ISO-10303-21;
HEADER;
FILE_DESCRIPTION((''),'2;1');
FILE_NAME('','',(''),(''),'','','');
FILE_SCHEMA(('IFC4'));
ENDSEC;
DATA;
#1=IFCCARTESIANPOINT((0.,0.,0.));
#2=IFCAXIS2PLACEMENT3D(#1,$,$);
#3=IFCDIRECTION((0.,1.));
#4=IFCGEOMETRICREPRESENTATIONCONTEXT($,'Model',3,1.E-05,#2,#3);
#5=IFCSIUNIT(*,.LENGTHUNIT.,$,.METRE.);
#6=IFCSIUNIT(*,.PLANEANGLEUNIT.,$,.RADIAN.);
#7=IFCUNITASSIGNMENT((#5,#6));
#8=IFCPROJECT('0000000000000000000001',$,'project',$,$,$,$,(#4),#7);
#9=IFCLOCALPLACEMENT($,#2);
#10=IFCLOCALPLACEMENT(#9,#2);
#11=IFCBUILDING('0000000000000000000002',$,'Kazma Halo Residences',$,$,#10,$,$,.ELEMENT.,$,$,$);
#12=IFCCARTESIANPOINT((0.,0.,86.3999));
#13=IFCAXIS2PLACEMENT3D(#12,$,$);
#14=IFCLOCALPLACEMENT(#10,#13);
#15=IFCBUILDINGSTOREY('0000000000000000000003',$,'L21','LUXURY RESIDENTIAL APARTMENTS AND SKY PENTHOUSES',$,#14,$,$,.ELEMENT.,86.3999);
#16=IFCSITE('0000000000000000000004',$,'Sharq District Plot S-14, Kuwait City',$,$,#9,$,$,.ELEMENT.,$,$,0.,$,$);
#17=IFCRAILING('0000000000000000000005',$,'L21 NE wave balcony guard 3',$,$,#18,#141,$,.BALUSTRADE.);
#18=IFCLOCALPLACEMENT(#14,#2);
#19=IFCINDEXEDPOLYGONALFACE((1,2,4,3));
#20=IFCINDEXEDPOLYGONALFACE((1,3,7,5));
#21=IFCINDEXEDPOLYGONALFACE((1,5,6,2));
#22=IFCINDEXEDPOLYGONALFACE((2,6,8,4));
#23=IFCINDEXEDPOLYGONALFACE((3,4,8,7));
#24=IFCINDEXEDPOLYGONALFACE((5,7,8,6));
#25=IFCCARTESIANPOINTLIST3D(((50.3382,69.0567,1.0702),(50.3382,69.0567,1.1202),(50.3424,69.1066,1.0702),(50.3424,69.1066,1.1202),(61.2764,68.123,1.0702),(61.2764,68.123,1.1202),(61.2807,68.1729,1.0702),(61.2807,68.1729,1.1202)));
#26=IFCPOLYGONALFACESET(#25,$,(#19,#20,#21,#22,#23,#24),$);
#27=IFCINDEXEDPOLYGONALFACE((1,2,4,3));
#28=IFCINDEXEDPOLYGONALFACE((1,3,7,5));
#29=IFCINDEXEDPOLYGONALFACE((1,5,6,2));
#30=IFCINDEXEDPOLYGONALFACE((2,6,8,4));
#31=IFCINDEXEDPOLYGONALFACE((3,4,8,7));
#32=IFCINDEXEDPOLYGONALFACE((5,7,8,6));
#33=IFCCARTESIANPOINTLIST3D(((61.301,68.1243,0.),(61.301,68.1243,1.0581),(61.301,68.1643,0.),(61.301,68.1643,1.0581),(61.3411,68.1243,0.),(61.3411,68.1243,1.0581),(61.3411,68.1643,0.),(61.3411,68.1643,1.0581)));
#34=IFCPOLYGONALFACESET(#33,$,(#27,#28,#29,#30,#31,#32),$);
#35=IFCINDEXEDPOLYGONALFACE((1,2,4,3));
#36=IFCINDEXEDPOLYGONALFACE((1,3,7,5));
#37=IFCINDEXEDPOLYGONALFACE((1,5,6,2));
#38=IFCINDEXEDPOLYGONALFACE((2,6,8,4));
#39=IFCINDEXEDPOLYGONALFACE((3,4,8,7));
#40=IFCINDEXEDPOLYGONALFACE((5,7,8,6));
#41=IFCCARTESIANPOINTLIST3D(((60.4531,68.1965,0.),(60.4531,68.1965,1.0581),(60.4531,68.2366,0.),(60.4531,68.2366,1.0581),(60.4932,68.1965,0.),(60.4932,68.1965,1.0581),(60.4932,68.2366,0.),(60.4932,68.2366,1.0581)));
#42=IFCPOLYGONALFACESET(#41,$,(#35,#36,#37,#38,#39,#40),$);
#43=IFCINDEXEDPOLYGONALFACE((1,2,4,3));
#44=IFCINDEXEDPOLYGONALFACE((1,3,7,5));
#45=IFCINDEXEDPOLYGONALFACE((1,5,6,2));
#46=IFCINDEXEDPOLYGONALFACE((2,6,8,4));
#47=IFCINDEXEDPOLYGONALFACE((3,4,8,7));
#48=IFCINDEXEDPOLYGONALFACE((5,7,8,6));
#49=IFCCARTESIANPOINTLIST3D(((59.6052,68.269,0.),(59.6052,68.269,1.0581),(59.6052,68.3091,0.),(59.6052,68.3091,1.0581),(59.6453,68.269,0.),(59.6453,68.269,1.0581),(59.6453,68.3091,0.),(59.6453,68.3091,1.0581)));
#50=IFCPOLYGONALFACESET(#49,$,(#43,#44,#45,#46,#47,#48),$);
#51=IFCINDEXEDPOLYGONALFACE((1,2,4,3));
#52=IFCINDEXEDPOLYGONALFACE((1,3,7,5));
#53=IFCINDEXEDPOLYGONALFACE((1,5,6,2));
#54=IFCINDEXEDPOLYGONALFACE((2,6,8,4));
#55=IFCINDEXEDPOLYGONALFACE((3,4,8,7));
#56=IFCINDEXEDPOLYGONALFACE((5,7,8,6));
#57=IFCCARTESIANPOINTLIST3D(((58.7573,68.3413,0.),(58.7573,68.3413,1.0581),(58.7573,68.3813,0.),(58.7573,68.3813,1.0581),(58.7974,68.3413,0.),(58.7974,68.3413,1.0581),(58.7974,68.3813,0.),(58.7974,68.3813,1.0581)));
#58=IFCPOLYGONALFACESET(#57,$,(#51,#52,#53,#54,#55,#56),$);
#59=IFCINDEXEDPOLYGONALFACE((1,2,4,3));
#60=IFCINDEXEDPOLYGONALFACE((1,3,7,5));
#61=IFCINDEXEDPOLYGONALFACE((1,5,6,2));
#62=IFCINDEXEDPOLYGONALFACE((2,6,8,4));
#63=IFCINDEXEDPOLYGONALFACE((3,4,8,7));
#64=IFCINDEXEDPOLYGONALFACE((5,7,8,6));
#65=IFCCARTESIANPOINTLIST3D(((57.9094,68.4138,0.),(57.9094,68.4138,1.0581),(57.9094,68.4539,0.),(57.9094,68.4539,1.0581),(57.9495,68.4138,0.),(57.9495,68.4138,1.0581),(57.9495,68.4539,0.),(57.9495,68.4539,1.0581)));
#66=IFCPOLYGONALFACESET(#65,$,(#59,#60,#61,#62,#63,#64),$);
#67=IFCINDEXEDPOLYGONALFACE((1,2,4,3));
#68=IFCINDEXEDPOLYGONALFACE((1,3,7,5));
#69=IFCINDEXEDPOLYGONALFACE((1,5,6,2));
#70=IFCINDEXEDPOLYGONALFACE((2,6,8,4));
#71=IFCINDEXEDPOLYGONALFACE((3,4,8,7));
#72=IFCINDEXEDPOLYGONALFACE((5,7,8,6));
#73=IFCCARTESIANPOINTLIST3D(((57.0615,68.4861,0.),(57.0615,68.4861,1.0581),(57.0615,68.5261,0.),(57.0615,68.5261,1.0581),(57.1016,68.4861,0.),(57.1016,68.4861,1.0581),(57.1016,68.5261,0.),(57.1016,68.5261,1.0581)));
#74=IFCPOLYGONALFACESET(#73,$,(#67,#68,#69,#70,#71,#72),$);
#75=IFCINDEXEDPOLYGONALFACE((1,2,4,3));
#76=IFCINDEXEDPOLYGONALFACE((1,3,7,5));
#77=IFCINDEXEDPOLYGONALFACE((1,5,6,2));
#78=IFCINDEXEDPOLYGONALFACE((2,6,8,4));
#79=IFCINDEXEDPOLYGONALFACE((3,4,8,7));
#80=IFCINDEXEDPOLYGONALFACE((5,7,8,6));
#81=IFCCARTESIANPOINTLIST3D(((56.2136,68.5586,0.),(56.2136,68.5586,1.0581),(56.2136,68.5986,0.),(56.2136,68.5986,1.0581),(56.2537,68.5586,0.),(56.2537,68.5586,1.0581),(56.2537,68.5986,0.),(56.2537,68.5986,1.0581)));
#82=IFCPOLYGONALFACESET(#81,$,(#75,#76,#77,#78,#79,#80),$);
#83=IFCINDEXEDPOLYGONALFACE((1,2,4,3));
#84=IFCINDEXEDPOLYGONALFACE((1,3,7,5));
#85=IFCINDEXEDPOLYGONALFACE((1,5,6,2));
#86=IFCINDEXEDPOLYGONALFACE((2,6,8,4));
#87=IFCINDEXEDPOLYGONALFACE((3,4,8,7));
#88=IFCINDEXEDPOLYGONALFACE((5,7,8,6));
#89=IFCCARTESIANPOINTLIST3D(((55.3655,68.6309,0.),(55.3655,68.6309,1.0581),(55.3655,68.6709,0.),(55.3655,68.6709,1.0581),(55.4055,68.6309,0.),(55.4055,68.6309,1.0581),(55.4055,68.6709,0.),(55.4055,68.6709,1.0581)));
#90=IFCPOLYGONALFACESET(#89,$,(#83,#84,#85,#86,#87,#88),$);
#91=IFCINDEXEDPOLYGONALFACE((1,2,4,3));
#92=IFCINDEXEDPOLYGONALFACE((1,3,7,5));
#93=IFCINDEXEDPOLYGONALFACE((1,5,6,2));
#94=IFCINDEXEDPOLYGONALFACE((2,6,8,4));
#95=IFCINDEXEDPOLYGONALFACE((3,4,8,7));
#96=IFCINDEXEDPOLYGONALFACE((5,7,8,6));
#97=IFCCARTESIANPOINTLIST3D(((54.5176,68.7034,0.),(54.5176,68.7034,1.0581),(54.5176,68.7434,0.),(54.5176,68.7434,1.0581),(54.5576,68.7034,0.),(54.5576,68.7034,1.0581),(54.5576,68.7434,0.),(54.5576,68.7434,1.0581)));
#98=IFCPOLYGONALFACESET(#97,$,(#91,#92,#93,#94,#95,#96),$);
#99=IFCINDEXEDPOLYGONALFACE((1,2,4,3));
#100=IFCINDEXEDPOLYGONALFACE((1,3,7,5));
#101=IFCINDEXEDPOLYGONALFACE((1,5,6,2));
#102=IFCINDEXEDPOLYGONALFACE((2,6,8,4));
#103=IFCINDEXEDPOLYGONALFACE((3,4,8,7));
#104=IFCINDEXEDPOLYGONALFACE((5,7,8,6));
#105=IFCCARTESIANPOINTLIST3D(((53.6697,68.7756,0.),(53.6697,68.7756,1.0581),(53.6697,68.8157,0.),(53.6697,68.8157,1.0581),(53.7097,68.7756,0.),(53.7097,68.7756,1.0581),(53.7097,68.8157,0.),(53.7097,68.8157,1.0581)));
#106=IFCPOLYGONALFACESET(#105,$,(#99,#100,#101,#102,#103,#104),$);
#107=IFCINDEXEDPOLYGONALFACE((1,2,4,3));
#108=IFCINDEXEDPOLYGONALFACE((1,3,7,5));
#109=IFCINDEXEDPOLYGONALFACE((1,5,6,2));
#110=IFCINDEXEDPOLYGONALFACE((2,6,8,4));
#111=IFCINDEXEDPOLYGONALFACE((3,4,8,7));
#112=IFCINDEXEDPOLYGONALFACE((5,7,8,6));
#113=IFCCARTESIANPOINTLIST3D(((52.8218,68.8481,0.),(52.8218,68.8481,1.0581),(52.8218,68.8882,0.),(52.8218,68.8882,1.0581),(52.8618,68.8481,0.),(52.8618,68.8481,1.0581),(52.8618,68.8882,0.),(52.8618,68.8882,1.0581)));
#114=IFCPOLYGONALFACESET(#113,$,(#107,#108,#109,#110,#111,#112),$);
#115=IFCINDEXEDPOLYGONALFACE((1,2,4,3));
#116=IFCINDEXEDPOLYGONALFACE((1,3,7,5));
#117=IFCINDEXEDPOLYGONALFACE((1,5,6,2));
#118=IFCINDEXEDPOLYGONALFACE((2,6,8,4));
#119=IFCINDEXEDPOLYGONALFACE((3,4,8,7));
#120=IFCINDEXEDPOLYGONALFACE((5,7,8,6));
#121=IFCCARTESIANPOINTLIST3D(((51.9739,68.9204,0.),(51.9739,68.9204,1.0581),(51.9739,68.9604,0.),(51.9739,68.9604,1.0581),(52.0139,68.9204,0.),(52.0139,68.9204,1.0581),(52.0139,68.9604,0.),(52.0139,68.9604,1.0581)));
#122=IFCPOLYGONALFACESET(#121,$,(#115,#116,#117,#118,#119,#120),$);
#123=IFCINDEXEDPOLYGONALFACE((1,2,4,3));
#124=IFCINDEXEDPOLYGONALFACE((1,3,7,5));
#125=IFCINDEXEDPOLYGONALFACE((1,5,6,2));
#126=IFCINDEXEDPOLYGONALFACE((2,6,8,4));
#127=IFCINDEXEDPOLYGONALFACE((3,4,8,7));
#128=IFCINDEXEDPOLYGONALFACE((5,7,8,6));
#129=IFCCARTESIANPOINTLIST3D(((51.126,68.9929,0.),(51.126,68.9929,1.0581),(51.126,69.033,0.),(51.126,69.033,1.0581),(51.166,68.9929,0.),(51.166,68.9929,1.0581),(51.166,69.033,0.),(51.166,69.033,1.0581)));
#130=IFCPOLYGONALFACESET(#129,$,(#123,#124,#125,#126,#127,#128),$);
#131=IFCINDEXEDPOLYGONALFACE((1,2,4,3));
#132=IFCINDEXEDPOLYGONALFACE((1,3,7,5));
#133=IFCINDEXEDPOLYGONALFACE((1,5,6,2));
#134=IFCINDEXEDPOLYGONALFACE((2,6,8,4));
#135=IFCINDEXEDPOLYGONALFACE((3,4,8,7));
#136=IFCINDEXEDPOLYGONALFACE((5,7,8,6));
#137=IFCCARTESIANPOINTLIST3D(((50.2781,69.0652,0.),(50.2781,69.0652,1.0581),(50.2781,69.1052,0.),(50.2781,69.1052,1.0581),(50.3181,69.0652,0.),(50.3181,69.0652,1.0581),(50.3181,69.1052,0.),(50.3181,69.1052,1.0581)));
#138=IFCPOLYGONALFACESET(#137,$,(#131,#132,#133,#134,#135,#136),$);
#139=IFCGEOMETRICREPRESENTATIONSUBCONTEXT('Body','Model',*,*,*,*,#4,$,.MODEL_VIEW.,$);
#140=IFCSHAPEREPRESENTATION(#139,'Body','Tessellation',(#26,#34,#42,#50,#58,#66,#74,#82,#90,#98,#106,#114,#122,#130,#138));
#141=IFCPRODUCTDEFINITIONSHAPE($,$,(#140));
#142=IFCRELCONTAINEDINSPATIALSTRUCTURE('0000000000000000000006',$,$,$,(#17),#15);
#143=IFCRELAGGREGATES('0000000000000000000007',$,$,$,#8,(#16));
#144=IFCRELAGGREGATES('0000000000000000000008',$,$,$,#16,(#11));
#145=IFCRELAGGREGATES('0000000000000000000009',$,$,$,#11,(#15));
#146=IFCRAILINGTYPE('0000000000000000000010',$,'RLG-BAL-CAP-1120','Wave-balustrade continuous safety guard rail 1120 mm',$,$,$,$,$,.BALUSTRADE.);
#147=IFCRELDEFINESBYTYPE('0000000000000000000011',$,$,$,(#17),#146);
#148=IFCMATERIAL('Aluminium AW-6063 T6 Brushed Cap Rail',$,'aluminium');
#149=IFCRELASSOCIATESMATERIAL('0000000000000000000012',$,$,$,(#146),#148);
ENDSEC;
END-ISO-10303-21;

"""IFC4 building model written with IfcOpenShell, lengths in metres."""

from ifc_helpers import new_model, si_unit, direction, frame, origin, origin_2d, place, context, subcontext, project, spatial, rectangle, extrude, material, type_object, element, save


model = new_model("IFC4")

# Units and contexts
model_context = context("Model", 3, precision=1e-05, world=origin(), true_north=direction((0.0, 1.0)))
body_context = subcontext(model_context, "Body", "Model", "MODEL_VIEW")
ifc_project = project(units=[si_unit("LENGTHUNIT", "METRE"), si_unit("PLANEANGLEUNIT", "RADIAN")], contexts=[model_context])

# Site, building, storey
site_placement = place(None, origin())
site = spatial("IfcSite", under=ifc_project, at=site_placement, Name="Sharq District Plot S-14, Kuwait City", CompositionType="ELEMENT", RefElevation=0.0)
building_placement = place(site_placement, origin())
building = spatial("IfcBuilding", under=site, at=building_placement, Name="Kazma Halo Residences", CompositionType="ELEMENT")
storey_placement = place(building_placement, frame((0.0, 0.0, 86.3999)))
storey = spatial("IfcBuildingStorey", under=building, at=storey_placement, Name="L21", Description="LUXURY RESIDENTIAL APARTMENTS AND SKY PENTHOUSES", CompositionType="ELEMENT", Elevation=86.3999)

# Railing
ifc_material_1 = material(Name="Aluminium AW-6063 T6 Brushed Cap Rail", Category="aluminium")
railing_type = type_object("IfcRailingType", Name="RLG-BAL-CAP-1120", Description="Wave-balustrade continuous safety guard rail 1120 mm", PredefinedType="BALUSTRADE", material=ifc_material_1)
railing_1_placement = place(storey_placement, frame((61.321, 68.1443, 0.0)))
element("IfcRailing", 1, at=railing_1_placement, inside=storey, type_object=railing_type, Name="L21 NE wave balcony guard 3", PredefinedType="BALUSTRADE", context=body_context, shape_type="SweptSolid", body=[
    extrude(rectangle(XDim=0.05, YDim=0.05, at=origin_2d()), frame((-0.0425, 0.0037, 1.0952), z_axis=(-0.996377, 0.085051, 0.0), x_axis=(-0.085051, -0.996377, 0.0)), (0.0, 0.0, 1.0), 10.978),
    extrude(rectangle(XDim=0.04, YDim=0.04, at=origin_2d()), origin(), (0.0, 0.0, 1.0), 1.0581),
    extrude(rectangle(XDim=0.04, YDim=0.04, at=origin_2d()), frame((-0.8479, 0.0723, 0.0)), (0.0, 0.0, 1.0), 1.0581),
    extrude(rectangle(XDim=0.04, YDim=0.04, at=origin_2d()), frame((-1.6958, 0.1448, 0.0)), (0.0, 0.0, 1.0), 1.0581),
    extrude(rectangle(XDim=0.04, YDim=0.04, at=origin_2d()), frame((-2.5437, 0.217, 0.0)), (0.0, 0.0, 1.0), 1.0581),
    extrude(rectangle(XDim=0.04, YDim=0.04, at=origin_2d()), frame((-3.3916, 0.2896, 0.0)), (0.0, 0.0, 1.0), 1.0581),
    extrude(rectangle(XDim=0.04, YDim=0.04, at=origin_2d()), frame((-4.2395, 0.3618, 0.0)), (0.0, 0.0, 1.0), 1.0581),
    extrude(rectangle(XDim=0.04, YDim=0.04, at=origin_2d()), frame((-5.0874, 0.4343, 0.0)), (0.0, 0.0, 1.0), 1.0581),
    extrude(rectangle(XDim=0.04, YDim=0.04, at=origin_2d()), frame((-5.9355, 0.5066, 0.0)), (0.0, 0.0, 1.0), 1.0581),
    extrude(rectangle(XDim=0.04, YDim=0.04, at=origin_2d()), frame((-6.7834, 0.5791, 0.0)), (0.0, 0.0, 1.0), 1.0581),
    extrude(rectangle(XDim=0.04, YDim=0.04, at=origin_2d()), frame((-7.6313, 0.6514, 0.0)), (0.0, 0.0, 1.0), 1.0581),
    extrude(rectangle(XDim=0.04, YDim=0.04, at=origin_2d()), frame((-8.4792, 0.7239, 0.0)), (0.0, 0.0, 1.0), 1.0581),
    extrude(rectangle(XDim=0.04, YDim=0.04, at=origin_2d()), frame((-9.3271, 0.7961, 0.0)), (0.0, 0.0, 1.0), 1.0581),
    extrude(rectangle(XDim=0.04, YDim=0.04, at=origin_2d()), frame((-10.175, 0.8687, 0.0)), (0.0, 0.0, 1.0), 1.0581),
    extrude(rectangle(XDim=0.04, YDim=0.04, at=origin_2d()), frame((-11.0229, 0.9409, 0.0)), (0.0, 0.0, 1.0), 1.0581),
])

save(model, "model.ifc")
